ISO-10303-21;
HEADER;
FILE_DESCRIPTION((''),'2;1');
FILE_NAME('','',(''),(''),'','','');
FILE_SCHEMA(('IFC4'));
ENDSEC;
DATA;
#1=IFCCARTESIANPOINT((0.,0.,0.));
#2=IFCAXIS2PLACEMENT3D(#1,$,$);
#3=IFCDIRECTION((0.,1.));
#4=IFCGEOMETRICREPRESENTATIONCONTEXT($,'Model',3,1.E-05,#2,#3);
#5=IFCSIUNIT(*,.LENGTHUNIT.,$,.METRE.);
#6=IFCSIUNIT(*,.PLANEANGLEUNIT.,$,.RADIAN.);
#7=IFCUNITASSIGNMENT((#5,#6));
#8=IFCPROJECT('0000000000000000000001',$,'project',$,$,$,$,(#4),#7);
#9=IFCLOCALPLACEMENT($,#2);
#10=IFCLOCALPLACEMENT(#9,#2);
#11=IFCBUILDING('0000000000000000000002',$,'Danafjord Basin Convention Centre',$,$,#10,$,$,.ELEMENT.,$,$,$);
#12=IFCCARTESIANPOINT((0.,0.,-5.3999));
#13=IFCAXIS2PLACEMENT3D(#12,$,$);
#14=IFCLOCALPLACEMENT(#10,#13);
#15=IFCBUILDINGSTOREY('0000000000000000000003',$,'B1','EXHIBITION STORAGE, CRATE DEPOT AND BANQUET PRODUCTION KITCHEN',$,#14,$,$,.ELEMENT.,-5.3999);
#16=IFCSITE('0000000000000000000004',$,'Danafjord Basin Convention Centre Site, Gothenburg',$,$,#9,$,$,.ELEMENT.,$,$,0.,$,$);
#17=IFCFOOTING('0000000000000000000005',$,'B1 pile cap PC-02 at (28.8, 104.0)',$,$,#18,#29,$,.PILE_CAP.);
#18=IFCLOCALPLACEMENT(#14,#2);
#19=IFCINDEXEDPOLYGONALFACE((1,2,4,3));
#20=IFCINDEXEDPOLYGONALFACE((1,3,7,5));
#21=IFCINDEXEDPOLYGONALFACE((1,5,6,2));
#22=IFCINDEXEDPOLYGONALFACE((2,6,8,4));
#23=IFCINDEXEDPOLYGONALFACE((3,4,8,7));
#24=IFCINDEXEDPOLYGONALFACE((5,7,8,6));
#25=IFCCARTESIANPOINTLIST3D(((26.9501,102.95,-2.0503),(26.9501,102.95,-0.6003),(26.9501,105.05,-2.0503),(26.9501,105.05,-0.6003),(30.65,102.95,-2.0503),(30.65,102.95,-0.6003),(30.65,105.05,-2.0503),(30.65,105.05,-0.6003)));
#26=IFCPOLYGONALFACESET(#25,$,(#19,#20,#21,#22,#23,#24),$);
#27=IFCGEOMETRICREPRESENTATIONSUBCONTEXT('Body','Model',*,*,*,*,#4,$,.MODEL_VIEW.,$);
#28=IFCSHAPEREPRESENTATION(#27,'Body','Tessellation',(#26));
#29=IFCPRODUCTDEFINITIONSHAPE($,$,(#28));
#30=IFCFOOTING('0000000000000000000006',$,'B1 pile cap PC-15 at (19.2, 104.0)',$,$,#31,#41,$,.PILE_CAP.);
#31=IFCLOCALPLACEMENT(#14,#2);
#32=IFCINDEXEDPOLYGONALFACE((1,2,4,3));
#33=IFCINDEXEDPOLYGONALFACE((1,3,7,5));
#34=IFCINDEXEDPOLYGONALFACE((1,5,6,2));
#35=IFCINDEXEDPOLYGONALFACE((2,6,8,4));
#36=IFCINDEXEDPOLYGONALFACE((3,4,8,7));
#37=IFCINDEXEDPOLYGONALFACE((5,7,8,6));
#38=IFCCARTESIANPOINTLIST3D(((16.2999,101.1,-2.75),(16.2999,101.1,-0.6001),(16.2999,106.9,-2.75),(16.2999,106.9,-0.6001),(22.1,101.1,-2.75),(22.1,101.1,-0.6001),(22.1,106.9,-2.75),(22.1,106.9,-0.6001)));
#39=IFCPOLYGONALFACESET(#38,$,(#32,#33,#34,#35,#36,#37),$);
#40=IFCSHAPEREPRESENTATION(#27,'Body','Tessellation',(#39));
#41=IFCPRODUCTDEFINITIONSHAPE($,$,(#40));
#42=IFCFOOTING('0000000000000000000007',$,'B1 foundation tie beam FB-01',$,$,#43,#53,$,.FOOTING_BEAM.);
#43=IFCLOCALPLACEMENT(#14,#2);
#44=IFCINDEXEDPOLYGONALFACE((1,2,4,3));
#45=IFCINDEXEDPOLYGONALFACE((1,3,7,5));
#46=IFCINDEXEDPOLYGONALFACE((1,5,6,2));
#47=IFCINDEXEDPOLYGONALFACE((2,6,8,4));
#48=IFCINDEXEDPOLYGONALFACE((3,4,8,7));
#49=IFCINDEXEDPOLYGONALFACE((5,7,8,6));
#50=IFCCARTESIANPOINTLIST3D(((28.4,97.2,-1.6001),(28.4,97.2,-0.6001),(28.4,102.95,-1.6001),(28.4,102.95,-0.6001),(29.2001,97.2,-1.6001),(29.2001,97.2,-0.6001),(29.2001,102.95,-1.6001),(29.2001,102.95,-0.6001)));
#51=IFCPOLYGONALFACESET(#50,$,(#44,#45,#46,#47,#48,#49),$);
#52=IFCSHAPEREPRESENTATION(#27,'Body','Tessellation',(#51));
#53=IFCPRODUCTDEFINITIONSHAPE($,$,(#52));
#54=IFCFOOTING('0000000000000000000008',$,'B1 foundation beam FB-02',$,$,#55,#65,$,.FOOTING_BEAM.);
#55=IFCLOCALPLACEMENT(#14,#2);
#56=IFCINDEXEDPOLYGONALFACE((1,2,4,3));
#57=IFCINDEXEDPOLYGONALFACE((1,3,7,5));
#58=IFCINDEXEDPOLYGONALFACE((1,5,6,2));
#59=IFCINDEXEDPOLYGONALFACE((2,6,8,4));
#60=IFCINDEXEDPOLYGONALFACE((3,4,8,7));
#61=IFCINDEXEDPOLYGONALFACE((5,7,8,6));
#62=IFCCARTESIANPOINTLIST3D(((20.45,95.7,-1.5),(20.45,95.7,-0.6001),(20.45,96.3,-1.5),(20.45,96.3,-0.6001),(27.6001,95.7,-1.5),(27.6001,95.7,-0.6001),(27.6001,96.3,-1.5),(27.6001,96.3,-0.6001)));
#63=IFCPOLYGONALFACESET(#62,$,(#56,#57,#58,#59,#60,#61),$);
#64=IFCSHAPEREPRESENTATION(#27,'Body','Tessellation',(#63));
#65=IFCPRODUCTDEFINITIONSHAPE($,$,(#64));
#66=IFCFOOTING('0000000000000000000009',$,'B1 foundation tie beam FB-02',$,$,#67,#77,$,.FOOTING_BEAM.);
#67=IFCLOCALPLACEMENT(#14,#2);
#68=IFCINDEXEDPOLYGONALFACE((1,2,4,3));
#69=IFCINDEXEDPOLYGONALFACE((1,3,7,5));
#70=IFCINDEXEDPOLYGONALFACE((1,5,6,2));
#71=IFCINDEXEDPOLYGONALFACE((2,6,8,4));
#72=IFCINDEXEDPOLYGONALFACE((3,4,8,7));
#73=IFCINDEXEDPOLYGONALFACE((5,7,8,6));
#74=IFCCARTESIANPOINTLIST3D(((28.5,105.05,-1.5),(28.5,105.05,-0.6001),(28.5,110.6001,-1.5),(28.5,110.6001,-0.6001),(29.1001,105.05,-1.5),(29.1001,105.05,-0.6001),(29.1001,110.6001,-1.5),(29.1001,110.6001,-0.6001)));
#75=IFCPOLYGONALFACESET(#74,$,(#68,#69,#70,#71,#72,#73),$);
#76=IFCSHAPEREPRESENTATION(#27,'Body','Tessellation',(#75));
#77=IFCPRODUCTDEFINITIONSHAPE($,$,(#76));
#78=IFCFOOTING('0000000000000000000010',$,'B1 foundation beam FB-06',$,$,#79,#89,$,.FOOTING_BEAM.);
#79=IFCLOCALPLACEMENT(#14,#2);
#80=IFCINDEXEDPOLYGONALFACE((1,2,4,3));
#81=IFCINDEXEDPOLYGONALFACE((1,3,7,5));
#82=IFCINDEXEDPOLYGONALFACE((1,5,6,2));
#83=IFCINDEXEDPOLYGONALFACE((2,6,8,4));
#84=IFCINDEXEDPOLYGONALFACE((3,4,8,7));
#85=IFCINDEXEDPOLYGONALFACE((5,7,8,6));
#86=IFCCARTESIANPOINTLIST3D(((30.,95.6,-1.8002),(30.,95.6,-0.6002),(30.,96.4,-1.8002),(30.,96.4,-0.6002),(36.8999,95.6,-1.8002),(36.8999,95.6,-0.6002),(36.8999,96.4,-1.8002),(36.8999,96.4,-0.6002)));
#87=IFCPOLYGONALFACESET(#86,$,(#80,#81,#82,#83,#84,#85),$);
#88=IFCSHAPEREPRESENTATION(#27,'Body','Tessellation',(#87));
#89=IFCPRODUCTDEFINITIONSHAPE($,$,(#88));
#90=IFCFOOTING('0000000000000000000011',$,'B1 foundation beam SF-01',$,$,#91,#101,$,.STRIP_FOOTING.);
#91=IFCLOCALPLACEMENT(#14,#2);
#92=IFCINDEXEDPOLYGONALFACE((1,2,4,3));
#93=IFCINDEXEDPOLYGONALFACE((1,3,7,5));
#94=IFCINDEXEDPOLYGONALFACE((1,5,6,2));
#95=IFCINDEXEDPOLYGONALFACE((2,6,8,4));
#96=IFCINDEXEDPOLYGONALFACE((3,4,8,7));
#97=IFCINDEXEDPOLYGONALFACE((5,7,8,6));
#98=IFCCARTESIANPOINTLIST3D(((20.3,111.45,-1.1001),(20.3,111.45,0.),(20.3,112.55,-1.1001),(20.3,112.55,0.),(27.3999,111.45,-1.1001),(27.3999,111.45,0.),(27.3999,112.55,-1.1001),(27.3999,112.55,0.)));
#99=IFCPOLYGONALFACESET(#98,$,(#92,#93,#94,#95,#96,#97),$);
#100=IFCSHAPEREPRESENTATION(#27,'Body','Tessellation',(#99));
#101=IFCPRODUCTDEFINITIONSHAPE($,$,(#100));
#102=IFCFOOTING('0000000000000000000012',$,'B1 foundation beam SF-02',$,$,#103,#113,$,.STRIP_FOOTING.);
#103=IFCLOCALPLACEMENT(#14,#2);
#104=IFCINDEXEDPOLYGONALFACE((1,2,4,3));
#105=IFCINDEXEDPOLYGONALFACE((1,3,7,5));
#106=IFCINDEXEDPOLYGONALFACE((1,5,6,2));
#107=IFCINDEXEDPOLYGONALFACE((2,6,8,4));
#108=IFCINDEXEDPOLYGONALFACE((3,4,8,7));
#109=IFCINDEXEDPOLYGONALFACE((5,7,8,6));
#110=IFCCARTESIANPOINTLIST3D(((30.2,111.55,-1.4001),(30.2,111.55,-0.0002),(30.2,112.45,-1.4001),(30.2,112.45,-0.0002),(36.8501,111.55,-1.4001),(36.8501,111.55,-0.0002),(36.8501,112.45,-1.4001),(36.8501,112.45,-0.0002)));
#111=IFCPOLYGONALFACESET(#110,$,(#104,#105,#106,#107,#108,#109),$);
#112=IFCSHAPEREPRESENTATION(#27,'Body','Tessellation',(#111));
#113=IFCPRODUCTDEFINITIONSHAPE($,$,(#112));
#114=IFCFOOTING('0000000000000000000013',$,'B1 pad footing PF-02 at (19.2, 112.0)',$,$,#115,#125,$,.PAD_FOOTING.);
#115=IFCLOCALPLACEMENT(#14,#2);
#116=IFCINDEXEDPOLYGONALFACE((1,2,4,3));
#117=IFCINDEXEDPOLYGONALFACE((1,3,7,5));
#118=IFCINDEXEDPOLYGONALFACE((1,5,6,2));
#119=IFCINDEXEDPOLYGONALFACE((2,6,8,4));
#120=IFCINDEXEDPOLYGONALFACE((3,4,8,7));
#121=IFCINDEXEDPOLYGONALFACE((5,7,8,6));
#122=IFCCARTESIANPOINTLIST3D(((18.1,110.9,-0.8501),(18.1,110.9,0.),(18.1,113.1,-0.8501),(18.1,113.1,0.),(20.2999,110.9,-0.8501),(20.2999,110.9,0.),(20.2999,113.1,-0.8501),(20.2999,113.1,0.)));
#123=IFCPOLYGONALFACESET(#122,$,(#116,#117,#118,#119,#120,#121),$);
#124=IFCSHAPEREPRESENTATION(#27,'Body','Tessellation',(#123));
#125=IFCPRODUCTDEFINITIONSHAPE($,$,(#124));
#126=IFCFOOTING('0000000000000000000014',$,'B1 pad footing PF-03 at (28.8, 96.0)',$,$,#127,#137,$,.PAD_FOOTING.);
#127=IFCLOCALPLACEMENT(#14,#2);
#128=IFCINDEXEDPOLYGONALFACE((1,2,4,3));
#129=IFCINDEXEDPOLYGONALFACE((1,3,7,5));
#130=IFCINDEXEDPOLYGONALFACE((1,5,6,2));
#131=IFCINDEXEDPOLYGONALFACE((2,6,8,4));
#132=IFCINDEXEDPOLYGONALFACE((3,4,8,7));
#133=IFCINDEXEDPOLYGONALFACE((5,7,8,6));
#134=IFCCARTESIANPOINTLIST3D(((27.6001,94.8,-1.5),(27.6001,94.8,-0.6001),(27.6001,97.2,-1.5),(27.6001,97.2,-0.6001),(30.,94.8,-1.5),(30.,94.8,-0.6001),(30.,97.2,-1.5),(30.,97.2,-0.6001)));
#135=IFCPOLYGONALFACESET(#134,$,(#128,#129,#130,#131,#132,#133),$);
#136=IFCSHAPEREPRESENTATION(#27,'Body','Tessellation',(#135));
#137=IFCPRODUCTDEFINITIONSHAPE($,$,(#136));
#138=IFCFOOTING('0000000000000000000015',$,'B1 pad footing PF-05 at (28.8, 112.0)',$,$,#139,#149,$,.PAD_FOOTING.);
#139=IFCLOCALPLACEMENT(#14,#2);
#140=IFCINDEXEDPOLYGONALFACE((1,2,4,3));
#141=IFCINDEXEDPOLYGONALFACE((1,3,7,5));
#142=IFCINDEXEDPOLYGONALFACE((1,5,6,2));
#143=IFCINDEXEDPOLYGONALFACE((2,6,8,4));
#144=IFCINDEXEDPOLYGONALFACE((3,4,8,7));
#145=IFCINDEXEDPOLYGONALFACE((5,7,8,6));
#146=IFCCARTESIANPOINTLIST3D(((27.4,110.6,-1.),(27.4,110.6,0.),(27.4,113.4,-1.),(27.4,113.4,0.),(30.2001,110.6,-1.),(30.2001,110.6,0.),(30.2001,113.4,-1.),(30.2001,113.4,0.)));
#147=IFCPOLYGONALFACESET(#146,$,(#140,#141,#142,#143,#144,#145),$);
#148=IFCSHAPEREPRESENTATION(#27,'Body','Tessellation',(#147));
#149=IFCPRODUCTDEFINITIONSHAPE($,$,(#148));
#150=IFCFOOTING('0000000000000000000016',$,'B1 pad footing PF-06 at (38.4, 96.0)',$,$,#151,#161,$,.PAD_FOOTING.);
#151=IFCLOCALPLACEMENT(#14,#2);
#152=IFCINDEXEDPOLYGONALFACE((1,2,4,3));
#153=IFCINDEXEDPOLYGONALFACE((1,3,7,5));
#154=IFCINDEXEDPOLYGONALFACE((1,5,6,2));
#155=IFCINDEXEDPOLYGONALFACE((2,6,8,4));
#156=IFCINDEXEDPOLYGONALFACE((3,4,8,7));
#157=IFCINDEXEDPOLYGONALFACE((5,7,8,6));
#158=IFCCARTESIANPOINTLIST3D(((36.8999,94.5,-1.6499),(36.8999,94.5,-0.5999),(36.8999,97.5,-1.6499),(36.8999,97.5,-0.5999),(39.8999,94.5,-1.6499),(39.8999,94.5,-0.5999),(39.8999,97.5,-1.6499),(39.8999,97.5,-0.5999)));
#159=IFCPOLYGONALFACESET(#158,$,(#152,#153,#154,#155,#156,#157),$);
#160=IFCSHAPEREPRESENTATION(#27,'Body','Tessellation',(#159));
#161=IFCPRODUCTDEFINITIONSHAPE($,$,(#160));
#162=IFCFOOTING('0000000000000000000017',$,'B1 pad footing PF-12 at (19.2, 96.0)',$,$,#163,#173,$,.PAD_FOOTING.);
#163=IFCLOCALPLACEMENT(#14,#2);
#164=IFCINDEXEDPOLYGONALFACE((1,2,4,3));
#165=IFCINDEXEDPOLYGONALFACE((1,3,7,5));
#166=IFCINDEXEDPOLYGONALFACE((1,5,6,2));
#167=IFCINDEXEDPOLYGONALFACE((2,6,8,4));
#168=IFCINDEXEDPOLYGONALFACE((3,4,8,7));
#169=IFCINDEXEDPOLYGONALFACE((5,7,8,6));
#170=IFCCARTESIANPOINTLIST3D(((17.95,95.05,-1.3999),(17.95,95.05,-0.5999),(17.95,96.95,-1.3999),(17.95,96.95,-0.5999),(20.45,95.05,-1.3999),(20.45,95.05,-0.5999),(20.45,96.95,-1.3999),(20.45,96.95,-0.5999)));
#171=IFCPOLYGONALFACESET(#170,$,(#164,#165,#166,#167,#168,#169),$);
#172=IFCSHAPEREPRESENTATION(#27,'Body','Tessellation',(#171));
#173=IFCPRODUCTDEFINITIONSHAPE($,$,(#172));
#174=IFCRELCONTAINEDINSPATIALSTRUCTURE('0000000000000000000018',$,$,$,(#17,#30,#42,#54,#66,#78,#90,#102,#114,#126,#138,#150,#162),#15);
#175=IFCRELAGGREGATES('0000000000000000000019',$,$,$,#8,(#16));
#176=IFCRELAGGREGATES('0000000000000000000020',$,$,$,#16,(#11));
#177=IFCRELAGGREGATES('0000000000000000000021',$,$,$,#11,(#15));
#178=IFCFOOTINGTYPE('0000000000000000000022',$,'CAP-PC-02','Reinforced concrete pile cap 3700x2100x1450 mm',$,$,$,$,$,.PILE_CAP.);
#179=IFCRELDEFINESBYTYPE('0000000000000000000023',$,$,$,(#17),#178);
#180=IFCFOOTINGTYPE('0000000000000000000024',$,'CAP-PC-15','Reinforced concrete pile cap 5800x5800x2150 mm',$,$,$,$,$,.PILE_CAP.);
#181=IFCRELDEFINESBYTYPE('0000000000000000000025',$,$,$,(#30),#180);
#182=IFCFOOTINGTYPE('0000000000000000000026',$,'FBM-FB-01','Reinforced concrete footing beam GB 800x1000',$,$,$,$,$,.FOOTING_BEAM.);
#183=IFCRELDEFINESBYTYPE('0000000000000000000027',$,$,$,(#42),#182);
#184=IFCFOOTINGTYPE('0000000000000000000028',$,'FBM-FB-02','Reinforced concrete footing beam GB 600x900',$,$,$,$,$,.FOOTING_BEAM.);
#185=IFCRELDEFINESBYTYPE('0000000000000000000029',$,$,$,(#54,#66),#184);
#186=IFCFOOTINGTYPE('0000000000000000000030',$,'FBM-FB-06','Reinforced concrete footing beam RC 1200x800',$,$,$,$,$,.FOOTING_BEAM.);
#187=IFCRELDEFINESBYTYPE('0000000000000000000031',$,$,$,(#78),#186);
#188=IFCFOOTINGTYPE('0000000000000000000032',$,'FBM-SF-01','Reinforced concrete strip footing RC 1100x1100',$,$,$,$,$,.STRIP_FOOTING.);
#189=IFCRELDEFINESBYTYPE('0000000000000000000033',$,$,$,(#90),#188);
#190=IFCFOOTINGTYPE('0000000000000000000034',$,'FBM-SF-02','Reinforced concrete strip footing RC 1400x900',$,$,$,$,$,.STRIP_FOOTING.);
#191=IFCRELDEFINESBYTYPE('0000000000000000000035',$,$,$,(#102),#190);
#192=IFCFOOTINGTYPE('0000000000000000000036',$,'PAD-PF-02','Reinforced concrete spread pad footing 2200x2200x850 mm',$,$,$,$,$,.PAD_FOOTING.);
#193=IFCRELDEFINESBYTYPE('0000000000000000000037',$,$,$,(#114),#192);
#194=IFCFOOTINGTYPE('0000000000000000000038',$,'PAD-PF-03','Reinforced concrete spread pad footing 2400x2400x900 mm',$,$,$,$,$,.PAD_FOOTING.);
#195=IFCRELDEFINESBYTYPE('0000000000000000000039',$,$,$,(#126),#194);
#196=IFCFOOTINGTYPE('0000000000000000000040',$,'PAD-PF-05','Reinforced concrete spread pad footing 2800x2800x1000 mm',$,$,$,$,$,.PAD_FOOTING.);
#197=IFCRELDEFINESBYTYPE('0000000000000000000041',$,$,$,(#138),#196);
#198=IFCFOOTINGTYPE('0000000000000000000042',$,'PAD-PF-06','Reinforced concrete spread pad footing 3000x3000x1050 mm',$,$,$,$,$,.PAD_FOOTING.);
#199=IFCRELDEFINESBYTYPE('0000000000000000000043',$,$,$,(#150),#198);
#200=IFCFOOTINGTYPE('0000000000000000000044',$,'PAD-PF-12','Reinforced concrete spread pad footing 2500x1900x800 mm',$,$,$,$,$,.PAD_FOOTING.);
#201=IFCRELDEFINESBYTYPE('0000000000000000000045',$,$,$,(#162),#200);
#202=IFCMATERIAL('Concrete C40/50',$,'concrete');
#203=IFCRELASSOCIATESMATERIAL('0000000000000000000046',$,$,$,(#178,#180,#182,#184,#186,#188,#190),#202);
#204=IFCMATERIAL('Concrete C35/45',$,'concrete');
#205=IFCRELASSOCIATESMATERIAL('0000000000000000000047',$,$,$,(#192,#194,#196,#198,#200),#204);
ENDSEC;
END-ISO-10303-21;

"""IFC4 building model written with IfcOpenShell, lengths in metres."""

from ifc_helpers import new_model, si_unit, direction, frame, origin, origin_2d, place, context, subcontext, project, spatial, rectangle, extrude, material, material_profile, profile_set, type_object, element, save


model = new_model("IFC4")

# Units and contexts
model_context = context("Model", 3, precision=1e-05, world=origin(), true_north=direction((0.0, 1.0)))
body_context = subcontext(model_context, "Body", "Model", "MODEL_VIEW")
ifc_project = project(units=[si_unit("LENGTHUNIT", "METRE"), si_unit("PLANEANGLEUNIT", "RADIAN")], contexts=[model_context])

# Site, building, storey
site_placement = place(None, origin())
site = spatial("IfcSite", under=ifc_project, at=site_placement, Name="Danafjord Basin Convention Centre Site, Gothenburg", CompositionType="ELEMENT", RefElevation=0.0)
building_placement = place(site_placement, origin())
building = spatial("IfcBuilding", under=site, at=building_placement, Name="Danafjord Basin Convention Centre", CompositionType="ELEMENT")
storey_placement = place(building_placement, frame((0.0, 0.0, -5.3999)))
storey = spatial("IfcBuildingStorey", under=building, at=storey_placement, Name="B1", Description="EXHIBITION STORAGE, CRATE DEPOT AND BANQUET PRODUCTION KITCHEN", CompositionType="ELEMENT", Elevation=-5.3999)

# Footings
ifc_material_1 = material(Name="Concrete C40/50", Category="concrete")
footing_type_1 = type_object("IfcFootingType", Name="CAP-PC-02", Description="Reinforced concrete pile cap 3700x2100x1450 mm", PredefinedType="PILE_CAP", material=ifc_material_1)
footing_1_placement = place(storey_placement, frame((28.8, 104.0, -2.0503), z_axis=(0.0, 0.0, 1.0), x_axis=(1.0, 0.0, 0.0)))
element("IfcFooting", 1, at=footing_1_placement, inside=storey, type_object=footing_type_1, Name="B1 pile cap PC-02 at (28.8, 104.0)", PredefinedType="PILE_CAP", context=body_context, shape_type="SweptSolid", body=[
    extrude(rectangle(XDim=3.7, YDim=2.1001, at=origin_2d()), origin(), (0.0, 0.0, 1.0), 1.45),
])
footing_type_2 = type_object("IfcFootingType", Name="CAP-PC-15", Description="Reinforced concrete pile cap 5800x5800x2150 mm", PredefinedType="PILE_CAP", material=ifc_material_1)
footing_2_placement = place(storey_placement, frame((19.2, 104.0, -2.75), z_axis=(0.0, 0.0, 1.0), x_axis=(1.0, 0.0, 0.0)))
element("IfcFooting", 2, at=footing_2_placement, inside=storey, type_object=footing_type_2, Name="B1 pile cap PC-15 at (19.2, 104.0)", PredefinedType="PILE_CAP", context=body_context, shape_type="SweptSolid", body=[
    extrude(rectangle(XDim=5.8, YDim=5.8, at=origin_2d()), origin(), (0.0, 0.0, 1.0), 2.1499),
])
ifc_material_profile_1 = material_profile(ifc_material_1, rectangle(XDim=0.8, YDim=1.0, at=origin_2d()), Name="GB 800x1000")
ifc_profile_set_1 = profile_set([ifc_material_profile_1], Name="Concrete C40/50")
footing_type_3 = type_object("IfcFootingType", Name="FBM-FB-01", Description="Reinforced concrete footing beam GB 800x1000", PredefinedType="FOOTING_BEAM", material=ifc_profile_set_1)
footing_3_placement = place(storey_placement, frame((28.8, 97.2, -1.1001), z_axis=(0.0, 1.0, 0.0), x_axis=(-1.0, 0.0, 0.0)))
element("IfcFooting", 3, at=footing_3_placement, inside=storey, type_object=footing_type_3, Name="B1 foundation tie beam FB-01", PredefinedType="FOOTING_BEAM", context=body_context, shape_type="SweptSolid", body=[
    extrude(rectangle(XDim=0.8, YDim=1.0, at=origin_2d()), origin(), (0.0, 0.0, 1.0), 5.75),
])
ifc_material_profile_2 = material_profile(ifc_material_1, rectangle(XDim=0.6001, YDim=0.8999, at=origin_2d()), Name="GB 600x900")
ifc_profile_set_2 = profile_set([ifc_material_profile_2], Name="Concrete C40/50")
footing_type_4 = type_object("IfcFootingType", Name="FBM-FB-02", Description="Reinforced concrete footing beam GB 600x900", PredefinedType="FOOTING_BEAM", material=ifc_profile_set_2)
footing_4_placement = place(storey_placement, frame((20.45, 96.0, -1.05), z_axis=(1.0, 0.0, 0.0), x_axis=(0.0, 1.0, 0.0)))
element("IfcFooting", 4, at=footing_4_placement, inside=storey, type_object=footing_type_4, Name="B1 foundation beam FB-02", PredefinedType="FOOTING_BEAM", context=body_context, shape_type="SweptSolid", body=[
    extrude(rectangle(XDim=0.6001, YDim=0.8999, at=origin_2d()), origin(), (0.0, 0.0, 1.0), 7.1501),
])
footing_5_placement = place(storey_placement, frame((28.8, 105.05, -1.05), z_axis=(0.0, 1.0, 0.0), x_axis=(-1.0, 0.0, 0.0)))
element("IfcFooting", 5, at=footing_5_placement, inside=storey, type_object=footing_type_4, Name="B1 foundation tie beam FB-02", PredefinedType="FOOTING_BEAM", context=body_context, shape_type="SweptSolid", body=[
    extrude(rectangle(XDim=0.6001, YDim=0.8999, at=origin_2d()), origin(), (0.0, 0.0, 1.0), 5.55),
])
ifc_material_profile_3 = material_profile(ifc_material_1, rectangle(XDim=0.8, YDim=1.2, at=origin_2d()), Name="RC 1200x800")
ifc_profile_set_3 = profile_set([ifc_material_profile_3], Name="Concrete C40/50")
footing_type_5 = type_object("IfcFootingType", Name="FBM-FB-06", Description="Reinforced concrete footing beam RC 1200x800", PredefinedType="FOOTING_BEAM", material=ifc_profile_set_3)
footing_6_placement = place(storey_placement, frame((30.0, 96.0, -1.2002), z_axis=(1.0, 0.0, 0.0), x_axis=(0.0, 1.0, 0.0)))
element("IfcFooting", 6, at=footing_6_placement, inside=storey, type_object=footing_type_5, Name="B1 foundation beam FB-06", PredefinedType="FOOTING_BEAM", context=body_context, shape_type="SweptSolid", body=[
    extrude(rectangle(XDim=0.8, YDim=1.2, at=origin_2d()), origin(), (0.0, 0.0, 1.0), 6.8999),
])
ifc_material_profile_4 = material_profile(ifc_material_1, rectangle(XDim=1.1001, YDim=1.1001, at=origin_2d()), Name="RC 1100x1100")
ifc_profile_set_4 = profile_set([ifc_material_profile_4], Name="Concrete C40/50")
footing_type_6 = type_object("IfcFootingType", Name="FBM-SF-01", Description="Reinforced concrete strip footing RC 1100x1100", PredefinedType="STRIP_FOOTING", material=ifc_profile_set_4)
footing_7_placement = place(storey_placement, frame((20.3, 112.0, -0.55), z_axis=(1.0, 0.0, 0.0), x_axis=(0.0, 1.0, 0.0)))
element("IfcFooting", 7, at=footing_7_placement, inside=storey, type_object=footing_type_6, Name="B1 foundation beam SF-01", PredefinedType="STRIP_FOOTING", context=body_context, shape_type="SweptSolid", body=[
    extrude(rectangle(XDim=1.1001, YDim=1.1001, at=origin_2d()), origin(), (0.0, 0.0, 1.0), 7.0999),
])
ifc_material_profile_5 = material_profile(ifc_material_1, rectangle(XDim=0.8999, YDim=1.3999, at=origin_2d()), Name="RC 1400x900")
ifc_profile_set_5 = profile_set([ifc_material_profile_5], Name="Concrete C40/50")
footing_type_7 = type_object("IfcFootingType", Name="FBM-SF-02", Description="Reinforced concrete strip footing RC 1400x900", PredefinedType="STRIP_FOOTING", material=ifc_profile_set_5)
footing_8_placement = place(storey_placement, frame((30.2, 112.0, -0.7002), z_axis=(1.0, 0.0, 0.0), x_axis=(0.0, 1.0, 0.0)))
element("IfcFooting", 8, at=footing_8_placement, inside=storey, type_object=footing_type_7, Name="B1 foundation beam SF-02", PredefinedType="STRIP_FOOTING", context=body_context, shape_type="SweptSolid", body=[
    extrude(rectangle(XDim=0.8999, YDim=1.3999, at=origin_2d()), origin(), (0.0, 0.0, 1.0), 6.6501),
])
ifc_material_2 = material(Name="Concrete C35/45", Category="concrete")
footing_type_8 = type_object("IfcFootingType", Name="PAD-PF-02", Description="Reinforced concrete spread pad footing 2200x2200x850 mm", PredefinedType="PAD_FOOTING", material=ifc_material_2)
footing_9_placement = place(storey_placement, frame((19.2, 112.0, -0.8501), z_axis=(0.0, 0.0, 1.0), x_axis=(1.0, 0.0, 0.0)))
element("IfcFooting", 9, at=footing_9_placement, inside=storey, type_object=footing_type_8, Name="B1 pad footing PF-02 at (19.2, 112.0)", PredefinedType="PAD_FOOTING", context=body_context, shape_type="SweptSolid", body=[
    extrude(rectangle(XDim=2.2, YDim=2.2, at=origin_2d()), origin(), (0.0, 0.0, 1.0), 0.8501),
])
footing_type_9 = type_object("IfcFootingType", Name="PAD-PF-03", Description="Reinforced concrete spread pad footing 2400x2400x900 mm", PredefinedType="PAD_FOOTING", material=ifc_material_2)
footing_10_placement = place(storey_placement, frame((28.8, 96.0, -1.5), z_axis=(0.0, 0.0, 1.0), x_axis=(1.0, 0.0, 0.0)))
element("IfcFooting", 10, at=footing_10_placement, inside=storey, type_object=footing_type_9, Name="B1 pad footing PF-03 at (28.8, 96.0)", PredefinedType="PAD_FOOTING", context=body_context, shape_type="SweptSolid", body=[
    extrude(rectangle(XDim=2.3999, YDim=2.3999, at=origin_2d()), origin(), (0.0, 0.0, 1.0), 0.8999),
])
footing_type_10 = type_object("IfcFootingType", Name="PAD-PF-05", Description="Reinforced concrete spread pad footing 2800x2800x1000 mm", PredefinedType="PAD_FOOTING", material=ifc_material_2)
footing_11_placement = place(storey_placement, frame((28.8, 112.0, -1.0), z_axis=(0.0, 0.0, 1.0), x_axis=(1.0, 0.0, 0.0)))
element("IfcFooting", 11, at=footing_11_placement, inside=storey, type_object=footing_type_10, Name="B1 pad footing PF-05 at (28.8, 112.0)", PredefinedType="PAD_FOOTING", context=body_context, shape_type="SweptSolid", body=[
    extrude(rectangle(XDim=2.8, YDim=2.8, at=origin_2d()), origin(), (0.0, 0.0, 1.0), 1.0),
])
footing_type_11 = type_object("IfcFootingType", Name="PAD-PF-06", Description="Reinforced concrete spread pad footing 3000x3000x1050 mm", PredefinedType="PAD_FOOTING", material=ifc_material_2)
footing_12_placement = place(storey_placement, frame((38.3999, 96.0, -1.6499), z_axis=(0.0, 0.0, 1.0), x_axis=(1.0, 0.0, 0.0)))
element("IfcFooting", 12, at=footing_12_placement, inside=storey, type_object=footing_type_11, Name="B1 pad footing PF-06 at (38.4, 96.0)", PredefinedType="PAD_FOOTING", context=body_context, shape_type="SweptSolid", body=[
    extrude(rectangle(XDim=3.0, YDim=3.0, at=origin_2d()), origin(), (0.0, 0.0, 1.0), 1.05),
])
footing_type_12 = type_object("IfcFootingType", Name="PAD-PF-12", Description="Reinforced concrete spread pad footing 2500x1900x800 mm", PredefinedType="PAD_FOOTING", material=ifc_material_2)
footing_13_placement = place(storey_placement, frame((19.2, 96.0, -1.3999), z_axis=(0.0, 0.0, 1.0), x_axis=(1.0, 0.0, 0.0)))
element("IfcFooting", 13, at=footing_13_placement, inside=storey, type_object=footing_type_12, Name="B1 pad footing PF-12 at (19.2, 96.0)", PredefinedType="PAD_FOOTING", context=body_context, shape_type="SweptSolid", body=[
    extrude(rectangle(XDim=2.5, YDim=1.8999, at=origin_2d()), origin(), (0.0, 0.0, 1.0), 0.8),
])

save(model, "model.ifc")
